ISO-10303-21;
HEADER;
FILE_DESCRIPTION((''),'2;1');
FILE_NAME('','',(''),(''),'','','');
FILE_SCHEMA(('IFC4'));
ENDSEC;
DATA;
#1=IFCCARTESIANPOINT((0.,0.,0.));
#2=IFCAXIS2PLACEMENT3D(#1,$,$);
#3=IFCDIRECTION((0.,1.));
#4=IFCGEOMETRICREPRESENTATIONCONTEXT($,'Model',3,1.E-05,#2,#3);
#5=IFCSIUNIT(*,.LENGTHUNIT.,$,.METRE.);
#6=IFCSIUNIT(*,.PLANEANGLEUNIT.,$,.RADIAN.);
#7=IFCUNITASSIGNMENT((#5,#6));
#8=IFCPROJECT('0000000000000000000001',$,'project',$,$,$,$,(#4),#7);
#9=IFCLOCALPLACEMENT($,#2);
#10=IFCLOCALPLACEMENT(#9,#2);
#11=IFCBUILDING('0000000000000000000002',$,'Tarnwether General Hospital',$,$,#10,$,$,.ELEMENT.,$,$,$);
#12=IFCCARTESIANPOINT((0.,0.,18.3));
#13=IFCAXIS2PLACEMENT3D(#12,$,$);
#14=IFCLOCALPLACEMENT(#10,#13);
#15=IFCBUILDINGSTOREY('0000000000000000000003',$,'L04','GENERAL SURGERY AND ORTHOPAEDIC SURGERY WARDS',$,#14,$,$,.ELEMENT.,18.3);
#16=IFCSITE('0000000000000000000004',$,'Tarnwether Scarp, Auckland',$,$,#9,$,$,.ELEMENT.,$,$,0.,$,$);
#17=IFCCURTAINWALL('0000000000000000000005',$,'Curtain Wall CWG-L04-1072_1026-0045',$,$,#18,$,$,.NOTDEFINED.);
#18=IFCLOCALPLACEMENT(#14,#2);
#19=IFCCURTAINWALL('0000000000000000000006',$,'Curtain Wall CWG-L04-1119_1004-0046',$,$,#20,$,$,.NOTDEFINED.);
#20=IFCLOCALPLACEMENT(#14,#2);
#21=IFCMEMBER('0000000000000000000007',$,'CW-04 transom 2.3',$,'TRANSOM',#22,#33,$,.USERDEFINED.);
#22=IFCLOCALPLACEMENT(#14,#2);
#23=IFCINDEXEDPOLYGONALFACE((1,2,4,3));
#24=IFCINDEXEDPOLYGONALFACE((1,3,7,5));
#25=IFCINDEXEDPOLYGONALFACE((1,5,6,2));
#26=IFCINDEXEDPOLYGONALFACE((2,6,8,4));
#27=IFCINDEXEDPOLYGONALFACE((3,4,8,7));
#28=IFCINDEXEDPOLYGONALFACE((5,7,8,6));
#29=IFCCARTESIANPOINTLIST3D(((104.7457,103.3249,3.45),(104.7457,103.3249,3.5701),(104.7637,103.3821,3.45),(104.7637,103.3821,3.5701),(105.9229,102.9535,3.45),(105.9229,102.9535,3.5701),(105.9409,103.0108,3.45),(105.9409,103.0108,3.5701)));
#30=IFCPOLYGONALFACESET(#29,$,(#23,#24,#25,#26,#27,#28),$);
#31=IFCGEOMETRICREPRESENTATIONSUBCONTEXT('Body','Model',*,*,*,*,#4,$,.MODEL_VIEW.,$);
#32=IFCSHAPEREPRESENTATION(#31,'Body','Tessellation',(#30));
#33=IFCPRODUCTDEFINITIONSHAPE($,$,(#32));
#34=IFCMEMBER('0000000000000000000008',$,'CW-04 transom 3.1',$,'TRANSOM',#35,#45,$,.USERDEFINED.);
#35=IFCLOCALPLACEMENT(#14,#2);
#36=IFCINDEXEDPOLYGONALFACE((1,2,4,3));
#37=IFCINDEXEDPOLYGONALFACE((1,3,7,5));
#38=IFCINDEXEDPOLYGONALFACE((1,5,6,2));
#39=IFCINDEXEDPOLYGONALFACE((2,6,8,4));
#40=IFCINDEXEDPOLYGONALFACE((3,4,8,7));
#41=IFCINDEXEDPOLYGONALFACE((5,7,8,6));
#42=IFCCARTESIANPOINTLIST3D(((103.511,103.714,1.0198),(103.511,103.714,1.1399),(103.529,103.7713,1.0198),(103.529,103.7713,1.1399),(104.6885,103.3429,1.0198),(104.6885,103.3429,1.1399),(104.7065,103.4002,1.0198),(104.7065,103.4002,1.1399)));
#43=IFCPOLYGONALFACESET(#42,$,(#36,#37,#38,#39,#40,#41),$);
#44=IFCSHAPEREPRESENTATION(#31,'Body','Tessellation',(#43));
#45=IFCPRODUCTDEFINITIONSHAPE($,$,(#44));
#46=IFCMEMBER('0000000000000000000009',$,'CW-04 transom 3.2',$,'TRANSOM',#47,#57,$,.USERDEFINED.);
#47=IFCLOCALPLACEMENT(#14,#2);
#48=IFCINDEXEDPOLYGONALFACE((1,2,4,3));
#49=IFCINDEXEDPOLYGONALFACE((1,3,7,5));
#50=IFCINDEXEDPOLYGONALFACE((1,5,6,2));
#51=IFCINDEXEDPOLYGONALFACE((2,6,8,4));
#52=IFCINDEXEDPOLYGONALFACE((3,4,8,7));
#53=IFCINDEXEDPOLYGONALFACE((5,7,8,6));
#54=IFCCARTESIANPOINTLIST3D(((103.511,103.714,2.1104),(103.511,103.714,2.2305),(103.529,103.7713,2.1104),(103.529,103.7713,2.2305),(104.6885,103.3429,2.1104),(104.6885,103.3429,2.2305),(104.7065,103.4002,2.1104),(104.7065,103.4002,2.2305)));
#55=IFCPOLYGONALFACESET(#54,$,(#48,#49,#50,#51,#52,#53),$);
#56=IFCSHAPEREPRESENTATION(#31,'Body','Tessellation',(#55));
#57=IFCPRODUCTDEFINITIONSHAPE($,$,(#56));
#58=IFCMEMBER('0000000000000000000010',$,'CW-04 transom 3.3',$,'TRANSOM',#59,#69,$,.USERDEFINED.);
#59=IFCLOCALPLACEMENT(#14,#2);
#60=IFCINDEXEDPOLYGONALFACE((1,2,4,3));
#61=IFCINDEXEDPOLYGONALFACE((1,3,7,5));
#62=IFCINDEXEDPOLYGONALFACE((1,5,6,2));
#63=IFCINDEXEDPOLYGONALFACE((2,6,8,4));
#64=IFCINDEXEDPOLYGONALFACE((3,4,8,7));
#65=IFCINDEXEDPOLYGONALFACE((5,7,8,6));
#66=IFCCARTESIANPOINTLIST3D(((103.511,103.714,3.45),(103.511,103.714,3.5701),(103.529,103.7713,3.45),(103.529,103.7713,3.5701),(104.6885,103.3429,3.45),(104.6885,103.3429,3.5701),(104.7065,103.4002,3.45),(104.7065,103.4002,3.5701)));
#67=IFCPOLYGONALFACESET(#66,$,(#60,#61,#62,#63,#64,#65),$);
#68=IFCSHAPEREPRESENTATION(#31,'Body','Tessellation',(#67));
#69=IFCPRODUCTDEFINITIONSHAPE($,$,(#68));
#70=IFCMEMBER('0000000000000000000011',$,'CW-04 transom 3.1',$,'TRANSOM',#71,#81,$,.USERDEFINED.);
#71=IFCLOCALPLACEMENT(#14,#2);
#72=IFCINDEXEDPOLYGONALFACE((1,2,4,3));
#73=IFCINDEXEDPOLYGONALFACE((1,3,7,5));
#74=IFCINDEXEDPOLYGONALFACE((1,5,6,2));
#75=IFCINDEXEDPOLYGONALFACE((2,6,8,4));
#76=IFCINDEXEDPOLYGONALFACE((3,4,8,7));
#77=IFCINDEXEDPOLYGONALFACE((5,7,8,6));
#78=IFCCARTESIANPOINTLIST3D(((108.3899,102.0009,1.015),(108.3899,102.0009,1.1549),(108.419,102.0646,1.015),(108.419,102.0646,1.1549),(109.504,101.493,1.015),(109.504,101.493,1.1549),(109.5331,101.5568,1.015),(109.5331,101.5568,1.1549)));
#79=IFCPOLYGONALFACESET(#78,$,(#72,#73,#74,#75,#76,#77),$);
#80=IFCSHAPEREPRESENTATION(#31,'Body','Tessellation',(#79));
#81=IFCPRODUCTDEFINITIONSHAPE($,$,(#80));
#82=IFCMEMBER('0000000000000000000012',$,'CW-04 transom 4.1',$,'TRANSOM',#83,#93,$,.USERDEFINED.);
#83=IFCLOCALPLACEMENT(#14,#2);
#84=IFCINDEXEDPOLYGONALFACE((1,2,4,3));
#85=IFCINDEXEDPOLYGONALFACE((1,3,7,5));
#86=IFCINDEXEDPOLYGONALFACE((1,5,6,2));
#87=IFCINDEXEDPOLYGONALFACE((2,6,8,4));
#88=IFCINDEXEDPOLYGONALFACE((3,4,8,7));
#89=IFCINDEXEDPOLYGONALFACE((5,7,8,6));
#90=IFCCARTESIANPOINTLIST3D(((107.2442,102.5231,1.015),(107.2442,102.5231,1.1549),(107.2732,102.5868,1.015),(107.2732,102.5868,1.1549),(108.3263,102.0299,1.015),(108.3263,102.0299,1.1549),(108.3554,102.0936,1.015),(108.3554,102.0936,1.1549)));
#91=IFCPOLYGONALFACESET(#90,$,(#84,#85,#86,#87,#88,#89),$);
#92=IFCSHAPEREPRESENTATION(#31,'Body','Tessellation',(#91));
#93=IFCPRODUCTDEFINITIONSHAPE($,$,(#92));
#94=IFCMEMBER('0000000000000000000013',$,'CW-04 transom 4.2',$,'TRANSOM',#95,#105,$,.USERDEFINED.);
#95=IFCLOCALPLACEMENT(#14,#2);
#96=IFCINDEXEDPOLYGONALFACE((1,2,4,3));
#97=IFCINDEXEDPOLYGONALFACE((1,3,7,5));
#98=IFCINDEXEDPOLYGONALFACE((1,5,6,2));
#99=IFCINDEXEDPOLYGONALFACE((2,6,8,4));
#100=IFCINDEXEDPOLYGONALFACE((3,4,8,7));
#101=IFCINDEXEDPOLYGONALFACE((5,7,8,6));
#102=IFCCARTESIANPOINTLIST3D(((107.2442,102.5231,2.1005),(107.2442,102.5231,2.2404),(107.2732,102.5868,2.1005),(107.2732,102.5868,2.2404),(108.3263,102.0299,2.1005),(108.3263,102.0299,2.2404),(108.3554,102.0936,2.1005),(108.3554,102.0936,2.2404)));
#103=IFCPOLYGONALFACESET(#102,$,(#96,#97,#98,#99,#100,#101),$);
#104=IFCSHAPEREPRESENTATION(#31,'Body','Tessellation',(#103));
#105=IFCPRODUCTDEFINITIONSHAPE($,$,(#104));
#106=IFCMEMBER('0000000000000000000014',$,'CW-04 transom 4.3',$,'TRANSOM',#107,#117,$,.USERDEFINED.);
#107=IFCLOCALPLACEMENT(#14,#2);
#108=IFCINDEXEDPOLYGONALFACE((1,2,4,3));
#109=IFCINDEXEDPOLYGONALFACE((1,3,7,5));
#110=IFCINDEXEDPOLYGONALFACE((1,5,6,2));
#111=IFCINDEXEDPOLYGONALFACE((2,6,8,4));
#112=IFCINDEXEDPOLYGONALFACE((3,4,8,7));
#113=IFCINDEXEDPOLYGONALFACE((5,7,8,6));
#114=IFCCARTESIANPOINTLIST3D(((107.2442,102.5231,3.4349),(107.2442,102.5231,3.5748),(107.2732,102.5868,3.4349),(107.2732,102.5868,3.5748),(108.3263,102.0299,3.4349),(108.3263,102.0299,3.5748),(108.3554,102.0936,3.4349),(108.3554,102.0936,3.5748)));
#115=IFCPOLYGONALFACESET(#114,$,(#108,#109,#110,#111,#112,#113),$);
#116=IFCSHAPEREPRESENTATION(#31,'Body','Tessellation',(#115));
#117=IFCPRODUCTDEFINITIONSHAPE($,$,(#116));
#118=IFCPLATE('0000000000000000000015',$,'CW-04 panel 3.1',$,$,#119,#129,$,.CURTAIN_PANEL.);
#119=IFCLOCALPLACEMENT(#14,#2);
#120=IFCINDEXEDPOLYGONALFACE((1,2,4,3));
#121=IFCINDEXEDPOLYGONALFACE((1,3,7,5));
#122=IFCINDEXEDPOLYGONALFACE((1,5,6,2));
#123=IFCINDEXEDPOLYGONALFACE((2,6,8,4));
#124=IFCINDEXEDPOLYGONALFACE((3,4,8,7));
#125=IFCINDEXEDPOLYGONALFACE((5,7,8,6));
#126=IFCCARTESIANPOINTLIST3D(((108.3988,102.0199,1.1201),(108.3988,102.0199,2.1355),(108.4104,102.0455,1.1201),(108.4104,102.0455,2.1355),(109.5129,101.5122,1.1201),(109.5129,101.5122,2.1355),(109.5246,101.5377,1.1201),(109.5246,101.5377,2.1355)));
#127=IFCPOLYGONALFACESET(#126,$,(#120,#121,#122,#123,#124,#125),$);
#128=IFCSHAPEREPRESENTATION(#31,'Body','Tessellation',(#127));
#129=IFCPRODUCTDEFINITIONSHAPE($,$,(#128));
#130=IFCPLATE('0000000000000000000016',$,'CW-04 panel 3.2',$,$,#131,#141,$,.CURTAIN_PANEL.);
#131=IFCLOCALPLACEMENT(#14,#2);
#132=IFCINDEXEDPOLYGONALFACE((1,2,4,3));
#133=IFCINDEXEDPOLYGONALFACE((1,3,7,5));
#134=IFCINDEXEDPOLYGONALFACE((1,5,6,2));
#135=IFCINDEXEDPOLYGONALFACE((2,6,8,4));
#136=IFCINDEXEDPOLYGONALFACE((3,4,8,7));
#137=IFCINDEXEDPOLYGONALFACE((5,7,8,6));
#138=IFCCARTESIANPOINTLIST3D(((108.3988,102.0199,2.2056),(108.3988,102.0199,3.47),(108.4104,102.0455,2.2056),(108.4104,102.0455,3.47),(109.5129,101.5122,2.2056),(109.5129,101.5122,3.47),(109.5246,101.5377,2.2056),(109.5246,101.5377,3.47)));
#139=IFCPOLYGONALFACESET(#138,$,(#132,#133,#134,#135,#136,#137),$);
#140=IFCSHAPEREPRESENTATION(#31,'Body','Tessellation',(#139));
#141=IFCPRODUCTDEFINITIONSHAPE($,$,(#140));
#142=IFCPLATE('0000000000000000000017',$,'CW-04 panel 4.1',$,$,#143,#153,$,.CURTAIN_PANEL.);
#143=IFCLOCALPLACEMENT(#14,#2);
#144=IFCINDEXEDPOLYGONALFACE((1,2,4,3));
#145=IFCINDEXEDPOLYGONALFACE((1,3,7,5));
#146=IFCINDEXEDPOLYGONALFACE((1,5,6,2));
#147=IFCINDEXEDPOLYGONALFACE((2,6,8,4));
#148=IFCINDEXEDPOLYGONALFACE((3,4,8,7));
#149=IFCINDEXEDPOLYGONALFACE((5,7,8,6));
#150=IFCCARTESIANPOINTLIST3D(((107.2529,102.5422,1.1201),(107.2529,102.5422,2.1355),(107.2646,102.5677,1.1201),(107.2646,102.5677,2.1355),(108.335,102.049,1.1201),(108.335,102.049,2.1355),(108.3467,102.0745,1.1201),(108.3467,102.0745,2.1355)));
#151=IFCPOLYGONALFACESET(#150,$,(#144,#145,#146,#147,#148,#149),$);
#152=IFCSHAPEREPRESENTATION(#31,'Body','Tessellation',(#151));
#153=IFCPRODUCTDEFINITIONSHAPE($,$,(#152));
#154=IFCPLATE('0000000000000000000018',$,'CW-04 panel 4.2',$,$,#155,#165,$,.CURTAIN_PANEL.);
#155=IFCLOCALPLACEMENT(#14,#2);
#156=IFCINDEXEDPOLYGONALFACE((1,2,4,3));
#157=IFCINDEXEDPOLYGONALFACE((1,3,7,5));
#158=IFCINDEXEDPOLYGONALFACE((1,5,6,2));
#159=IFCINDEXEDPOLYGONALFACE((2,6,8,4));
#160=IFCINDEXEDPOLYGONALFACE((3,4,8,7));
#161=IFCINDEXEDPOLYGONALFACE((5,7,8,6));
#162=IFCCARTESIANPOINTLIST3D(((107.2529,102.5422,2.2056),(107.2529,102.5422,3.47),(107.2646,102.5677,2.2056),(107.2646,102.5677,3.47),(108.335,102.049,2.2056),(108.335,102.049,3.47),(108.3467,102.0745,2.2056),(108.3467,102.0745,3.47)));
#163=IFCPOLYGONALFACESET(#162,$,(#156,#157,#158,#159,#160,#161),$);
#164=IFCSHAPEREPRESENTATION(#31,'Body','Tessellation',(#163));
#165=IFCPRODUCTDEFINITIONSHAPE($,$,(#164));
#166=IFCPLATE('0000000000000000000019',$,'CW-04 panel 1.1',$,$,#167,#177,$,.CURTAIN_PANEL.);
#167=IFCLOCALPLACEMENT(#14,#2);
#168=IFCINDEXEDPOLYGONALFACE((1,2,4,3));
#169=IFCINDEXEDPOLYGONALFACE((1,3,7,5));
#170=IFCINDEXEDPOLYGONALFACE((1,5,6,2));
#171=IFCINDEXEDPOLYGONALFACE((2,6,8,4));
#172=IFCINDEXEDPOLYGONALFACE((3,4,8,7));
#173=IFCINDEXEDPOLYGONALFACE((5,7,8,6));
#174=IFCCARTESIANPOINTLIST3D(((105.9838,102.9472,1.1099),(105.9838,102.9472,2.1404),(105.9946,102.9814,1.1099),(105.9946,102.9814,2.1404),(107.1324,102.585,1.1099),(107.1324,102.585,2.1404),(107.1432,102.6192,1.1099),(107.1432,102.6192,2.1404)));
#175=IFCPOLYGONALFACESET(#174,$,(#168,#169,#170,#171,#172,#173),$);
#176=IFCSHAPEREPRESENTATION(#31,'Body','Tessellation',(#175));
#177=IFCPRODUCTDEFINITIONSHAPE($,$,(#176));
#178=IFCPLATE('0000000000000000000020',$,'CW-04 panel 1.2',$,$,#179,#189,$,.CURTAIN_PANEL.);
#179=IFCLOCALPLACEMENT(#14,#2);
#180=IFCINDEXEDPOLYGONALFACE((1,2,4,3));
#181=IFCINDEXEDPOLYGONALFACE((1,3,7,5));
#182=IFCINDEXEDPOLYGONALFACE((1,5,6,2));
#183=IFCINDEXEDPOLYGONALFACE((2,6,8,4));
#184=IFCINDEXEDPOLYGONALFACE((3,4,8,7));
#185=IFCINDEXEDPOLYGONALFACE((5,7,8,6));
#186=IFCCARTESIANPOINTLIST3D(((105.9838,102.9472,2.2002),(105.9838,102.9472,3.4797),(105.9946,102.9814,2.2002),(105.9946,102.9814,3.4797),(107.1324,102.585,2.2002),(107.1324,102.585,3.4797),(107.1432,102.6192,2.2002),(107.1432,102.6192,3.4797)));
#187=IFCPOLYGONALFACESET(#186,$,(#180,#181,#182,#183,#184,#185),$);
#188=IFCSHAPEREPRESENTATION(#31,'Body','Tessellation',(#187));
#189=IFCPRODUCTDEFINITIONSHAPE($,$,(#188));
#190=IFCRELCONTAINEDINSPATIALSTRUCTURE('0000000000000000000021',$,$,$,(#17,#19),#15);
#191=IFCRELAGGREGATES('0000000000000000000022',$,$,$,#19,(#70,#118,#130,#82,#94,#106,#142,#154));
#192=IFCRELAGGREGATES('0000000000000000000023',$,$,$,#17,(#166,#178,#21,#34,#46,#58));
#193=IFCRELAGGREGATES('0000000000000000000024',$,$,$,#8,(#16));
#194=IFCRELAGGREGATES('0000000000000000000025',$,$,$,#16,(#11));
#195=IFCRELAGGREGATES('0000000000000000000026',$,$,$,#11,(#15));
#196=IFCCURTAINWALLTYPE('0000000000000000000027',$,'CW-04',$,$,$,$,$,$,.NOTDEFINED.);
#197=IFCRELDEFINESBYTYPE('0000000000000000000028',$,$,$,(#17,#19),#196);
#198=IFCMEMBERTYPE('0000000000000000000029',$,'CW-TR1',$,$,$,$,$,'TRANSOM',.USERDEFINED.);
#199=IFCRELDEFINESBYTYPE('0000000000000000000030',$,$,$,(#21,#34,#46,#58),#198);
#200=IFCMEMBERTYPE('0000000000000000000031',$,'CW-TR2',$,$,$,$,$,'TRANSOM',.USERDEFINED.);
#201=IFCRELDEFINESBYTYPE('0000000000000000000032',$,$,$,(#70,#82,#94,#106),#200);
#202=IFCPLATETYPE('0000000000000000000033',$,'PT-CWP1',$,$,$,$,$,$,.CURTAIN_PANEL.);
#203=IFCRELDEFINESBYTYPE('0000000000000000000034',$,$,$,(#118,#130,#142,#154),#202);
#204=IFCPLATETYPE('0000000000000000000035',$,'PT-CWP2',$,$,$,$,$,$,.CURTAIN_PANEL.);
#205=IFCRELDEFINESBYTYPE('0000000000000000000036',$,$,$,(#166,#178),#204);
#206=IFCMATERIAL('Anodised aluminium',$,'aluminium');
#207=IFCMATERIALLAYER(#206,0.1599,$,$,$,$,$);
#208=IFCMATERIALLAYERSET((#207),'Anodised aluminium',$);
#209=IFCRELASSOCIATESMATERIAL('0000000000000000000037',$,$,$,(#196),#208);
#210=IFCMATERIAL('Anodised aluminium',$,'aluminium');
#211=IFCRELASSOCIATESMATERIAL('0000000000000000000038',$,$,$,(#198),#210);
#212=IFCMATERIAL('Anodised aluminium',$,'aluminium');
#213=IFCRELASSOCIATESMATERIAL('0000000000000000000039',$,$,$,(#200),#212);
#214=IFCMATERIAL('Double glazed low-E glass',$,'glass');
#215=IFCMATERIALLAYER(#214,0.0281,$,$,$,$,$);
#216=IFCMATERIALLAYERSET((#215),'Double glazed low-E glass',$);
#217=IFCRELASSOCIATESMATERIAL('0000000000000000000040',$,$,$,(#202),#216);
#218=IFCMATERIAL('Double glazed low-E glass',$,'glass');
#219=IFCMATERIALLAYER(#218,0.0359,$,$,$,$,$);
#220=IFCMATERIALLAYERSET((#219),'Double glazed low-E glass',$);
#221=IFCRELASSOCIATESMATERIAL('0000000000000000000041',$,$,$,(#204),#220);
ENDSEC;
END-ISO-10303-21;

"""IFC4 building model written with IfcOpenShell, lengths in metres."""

from ifc_helpers import new_model, si_unit, direction, frame, origin, origin_2d, place, context, subcontext, project, spatial, rectangle, extrude, material, layer, layer_set, material_profile, profile_set, type_object, element, aggregate, save


model = new_model("IFC4")

# Units and contexts
model_context = context("Model", 3, precision=1e-05, world=origin(), true_north=direction((0.0, 1.0)))
body_context = subcontext(model_context, "Body", "Model", "MODEL_VIEW")
ifc_project = project(units=[si_unit("LENGTHUNIT", "METRE"), si_unit("PLANEANGLEUNIT", "RADIAN")], contexts=[model_context])

# Site, building, storey
site_placement = place(None, origin())
site = spatial("IfcSite", under=ifc_project, at=site_placement, Name="Tarnwether Scarp, Auckland", CompositionType="ELEMENT", RefElevation=0.0)
building_placement = place(site_placement, origin())
building = spatial("IfcBuilding", under=site, at=building_placement, Name="Tarnwether General Hospital", CompositionType="ELEMENT")
storey_placement = place(building_placement, frame((0.0, 0.0, 18.3)))
storey = spatial("IfcBuildingStorey", under=building, at=storey_placement, Name="L04", Description="GENERAL SURGERY AND ORTHOPAEDIC SURGERY WARDS", CompositionType="ELEMENT", Elevation=18.3)

# Curtain walls
ifc_material_1 = material(Name="Anodised aluminium", Category="aluminium")
ifc_layer_1 = layer(ifc_material_1, 0.1599)
ifc_layer_set_1 = layer_set([ifc_layer_1], Name="Anodised aluminium")
curtain_wall_type = type_object("IfcCurtainWallType", Name="CW-04", PredefinedType="NOTDEFINED", material=ifc_layer_set_1)
curtain_wall_1_placement = place(storey_placement, origin())
curtain_wall_1 = element("IfcCurtainWall", 1, at=curtain_wall_1_placement, inside=storey, type_object=curtain_wall_type, Name="Curtain Wall CWG-L04-1072_1026-0045", PredefinedType="NOTDEFINED")
curtain_wall_2_placement = place(storey_placement, origin())
curtain_wall_2 = element("IfcCurtainWall", 2, at=curtain_wall_2_placement, inside=storey, type_object=curtain_wall_type, Name="Curtain Wall CWG-L04-1119_1004-0046", PredefinedType="NOTDEFINED")

# Members
ifc_material_2 = material(Name="Anodised aluminium", Category="aluminium")
ifc_material_profile_1 = material_profile(ifc_material_2, rectangle(XDim=0.0601, YDim=0.1201, at=origin_2d()), Name="ALU-TRN-60x120")
ifc_profile_set_1 = profile_set([ifc_material_profile_1], Name="Anodised aluminium")
member_type_1 = type_object("IfcMemberType", Name="CW-TR1", ElementType="TRANSOM", PredefinedType="USERDEFINED", material=ifc_profile_set_1)
member_1_placement = place(storey_placement, frame((105.9319, 102.9822, 3.51), z_axis=(-0.953681, 0.300819, 0.0), x_axis=(-0.300819, -0.953681, 0.0)))
member_1 = element("IfcMember", 3, at=member_1_placement, type_object=member_type_1, Name="CW-04 transom 2.3", ObjectType="TRANSOM", PredefinedType="USERDEFINED", context=body_context, shape_type="SweptSolid", body=[
    extrude(rectangle(XDim=0.0601, YDim=0.1201, at=origin_2d()), origin(), (0.0, 0.0, 1.0), 1.2344),
])
member_2_placement = place(storey_placement, frame((104.6975, 103.3716, 1.0798), z_axis=(-0.953756, 0.300582, 0.0), x_axis=(-0.300582, -0.953756, 0.0)))
member_2 = element("IfcMember", 4, at=member_2_placement, type_object=member_type_1, Name="CW-04 transom 3.1", ObjectType="TRANSOM", PredefinedType="USERDEFINED", context=body_context, shape_type="SweptSolid", body=[
    extrude(rectangle(XDim=0.0601, YDim=0.1201, at=origin_2d()), origin(), (0.0, 0.0, 1.0), 1.2346),
])
member_3_placement = place(storey_placement, frame((104.6975, 103.3716, 2.1704), z_axis=(-0.953756, 0.300582, 0.0), x_axis=(-0.300582, -0.953756, 0.0)))
member_3 = element("IfcMember", 5, at=member_3_placement, type_object=member_type_1, Name="CW-04 transom 3.2", ObjectType="TRANSOM", PredefinedType="USERDEFINED", context=body_context, shape_type="SweptSolid", body=[
    extrude(rectangle(XDim=0.0601, YDim=0.1201, at=origin_2d()), origin(), (0.0, 0.0, 1.0), 1.2346),
])
member_4_placement = place(storey_placement, frame((104.6975, 103.3716, 3.51), z_axis=(-0.953756, 0.300582, 0.0), x_axis=(-0.300582, -0.953756, 0.0)))
member_4 = element("IfcMember", 6, at=member_4_placement, type_object=member_type_1, Name="CW-04 transom 3.3", ObjectType="TRANSOM", PredefinedType="USERDEFINED", context=body_context, shape_type="SweptSolid", body=[
    extrude(rectangle(XDim=0.0601, YDim=0.1201, at=origin_2d()), origin(), (0.0, 0.0, 1.0), 1.2346),
])
ifc_material_3 = material(Name="Anodised aluminium", Category="aluminium")
ifc_material_profile_2 = material_profile(ifc_material_3, rectangle(XDim=0.0701, YDim=0.1399, at=origin_2d()), Name="ALU-TRN-70x140")
ifc_profile_set_2 = profile_set([ifc_material_profile_2], Name="Anodised aluminium")
member_type_2 = type_object("IfcMemberType", Name="CW-TR2", ElementType="TRANSOM", PredefinedType="USERDEFINED", material=ifc_profile_set_2)
member_5_placement = place(storey_placement, frame((109.5186, 101.5249, 1.085), z_axis=(-0.909922, 0.414779, 0.0), x_axis=(-0.414779, -0.909922, 0.0)))
member_5 = element("IfcMember", 7, at=member_5_placement, type_object=member_type_2, Name="CW-04 transom 3.1", ObjectType="TRANSOM", PredefinedType="USERDEFINED", context=body_context, shape_type="SweptSolid", body=[
    extrude(rectangle(XDim=0.0701, YDim=0.1399, at=origin_2d()), origin(), (0.0, 0.0, 1.0), 1.2244),
])
member_6_placement = place(storey_placement, frame((108.3408, 102.0618, 1.085), z_axis=(-0.909944, 0.414731, 0.0), x_axis=(-0.414731, -0.909944, 0.0)))
member_6 = element("IfcMember", 8, at=member_6_placement, type_object=member_type_2, Name="CW-04 transom 4.1", ObjectType="TRANSOM", PredefinedType="USERDEFINED", context=body_context, shape_type="SweptSolid", body=[
    extrude(rectangle(XDim=0.0701, YDim=0.1399, at=origin_2d()), origin(), (0.0, 0.0, 1.0), 1.1892),
])
member_7_placement = place(storey_placement, frame((108.3408, 102.0618, 2.1704), z_axis=(-0.909944, 0.414731, 0.0), x_axis=(-0.414731, -0.909944, 0.0)))
member_7 = element("IfcMember", 9, at=member_7_placement, type_object=member_type_2, Name="CW-04 transom 4.2", ObjectType="TRANSOM", PredefinedType="USERDEFINED", context=body_context, shape_type="SweptSolid", body=[
    extrude(rectangle(XDim=0.0701, YDim=0.1399, at=origin_2d()), origin(), (0.0, 0.0, 1.0), 1.1892),
])
member_8_placement = place(storey_placement, frame((108.3408, 102.0618, 3.5049), z_axis=(-0.909944, 0.414731, 0.0), x_axis=(-0.414731, -0.909944, 0.0)))
member_8 = element("IfcMember", 10, at=member_8_placement, type_object=member_type_2, Name="CW-04 transom 4.3", ObjectType="TRANSOM", PredefinedType="USERDEFINED", context=body_context, shape_type="SweptSolid", body=[
    extrude(rectangle(XDim=0.0701, YDim=0.1399, at=origin_2d()), origin(), (0.0, 0.0, 1.0), 1.1892),
])

# Plates
ifc_material_4 = material(Name="Double glazed low-E glass", Category="glass")
ifc_layer_2 = layer(ifc_material_4, 0.0281)
ifc_layer_set_2 = layer_set([ifc_layer_2], Name="Double glazed low-E glass")
plate_type_1 = type_object("IfcPlateType", Name="PT-CWP1", PredefinedType="CURTAIN_PANEL", material=ifc_layer_set_2)
plate_1_placement = place(storey_placement, frame((108.9617, 101.7788, 1.1201), z_axis=(0.0, 0.0, 1.0), x_axis=(-0.909956, 0.414705, 0.0)))
plate_1 = element("IfcPlate", 11, at=plate_1_placement, type_object=plate_type_1, Name="CW-04 panel 3.1", PredefinedType="CURTAIN_PANEL", context=body_context, shape_type="SweptSolid", body=[
    extrude(rectangle(XDim=1.2244, YDim=0.0281, at=origin_2d()), origin(), (0.0, 0.0, 1.0), 1.0154),
])
plate_2_placement = place(storey_placement, frame((108.9617, 101.7788, 2.2056), z_axis=(0.0, 0.0, 1.0), x_axis=(-0.909956, 0.414705, 0.0)))
plate_2 = element("IfcPlate", 12, at=plate_2_placement, type_object=plate_type_1, Name="CW-04 panel 3.2", PredefinedType="CURTAIN_PANEL", context=body_context, shape_type="SweptSolid", body=[
    extrude(rectangle(XDim=1.2244, YDim=0.0281, at=origin_2d()), origin(), (0.0, 0.0, 1.0), 1.2644),
])
plate_3_placement = place(storey_placement, frame((107.7998, 102.3083, 1.1201), z_axis=(0.0, 0.0, 1.0), x_axis=(-0.909956, 0.414705, 0.0)))
plate_3 = element("IfcPlate", 13, at=plate_3_placement, type_object=plate_type_1, Name="CW-04 panel 4.1", PredefinedType="CURTAIN_PANEL", context=body_context, shape_type="SweptSolid", body=[
    extrude(rectangle(XDim=1.1892, YDim=0.0281, at=origin_2d()), origin(), (0.0, 0.0, 1.0), 1.0154),
])
plate_4_placement = place(storey_placement, frame((107.7998, 102.3083, 2.2056), z_axis=(0.0, 0.0, 1.0), x_axis=(-0.909956, 0.414705, 0.0)))
plate_4 = element("IfcPlate", 14, at=plate_4_placement, type_object=plate_type_1, Name="CW-04 panel 4.2", PredefinedType="CURTAIN_PANEL", context=body_context, shape_type="SweptSolid", body=[
    extrude(rectangle(XDim=1.1892, YDim=0.0281, at=origin_2d()), origin(), (0.0, 0.0, 1.0), 1.2644),
])
aggregate(curtain_wall_2, [member_5, plate_1, plate_2, member_6, member_7, member_8, plate_3, plate_4])
ifc_material_5 = material(Name="Double glazed low-E glass", Category="glass")
ifc_layer_3 = layer(ifc_material_5, 0.0359)
ifc_layer_set_3 = layer_set([ifc_layer_3], Name="Double glazed low-E glass")
plate_type_2 = type_object("IfcPlateType", Name="PT-CWP2", PredefinedType="CURTAIN_PANEL", material=ifc_layer_set_3)
plate_5_placement = place(storey_placement, frame((106.5635, 102.7832, 1.1099), z_axis=(0.0, 0.0, 1.0), x_axis=(-0.953714, 0.300715, 0.0)))
plate_5 = element("IfcPlate", 15, at=plate_5_placement, type_object=plate_type_2, Name="CW-04 panel 1.1", PredefinedType="CURTAIN_PANEL", context=body_context, shape_type="SweptSolid", body=[
    extrude(rectangle(XDim=1.2043, YDim=0.0359, at=origin_2d()), origin(), (0.0, 0.0, 1.0), 1.0305),
])
plate_6_placement = place(storey_placement, frame((106.5635, 102.7832, 2.2002), z_axis=(0.0, 0.0, 1.0), x_axis=(-0.953714, 0.300715, 0.0)))
plate_6 = element("IfcPlate", 16, at=plate_6_placement, type_object=plate_type_2, Name="CW-04 panel 1.2", PredefinedType="CURTAIN_PANEL", context=body_context, shape_type="SweptSolid", body=[
    extrude(rectangle(XDim=1.2043, YDim=0.0359, at=origin_2d()), origin(), (0.0, 0.0, 1.0), 1.2795),
])
aggregate(curtain_wall_1, [plate_5, plate_6, member_1, member_2, member_3, member_4])

save(model, "model.ifc")
